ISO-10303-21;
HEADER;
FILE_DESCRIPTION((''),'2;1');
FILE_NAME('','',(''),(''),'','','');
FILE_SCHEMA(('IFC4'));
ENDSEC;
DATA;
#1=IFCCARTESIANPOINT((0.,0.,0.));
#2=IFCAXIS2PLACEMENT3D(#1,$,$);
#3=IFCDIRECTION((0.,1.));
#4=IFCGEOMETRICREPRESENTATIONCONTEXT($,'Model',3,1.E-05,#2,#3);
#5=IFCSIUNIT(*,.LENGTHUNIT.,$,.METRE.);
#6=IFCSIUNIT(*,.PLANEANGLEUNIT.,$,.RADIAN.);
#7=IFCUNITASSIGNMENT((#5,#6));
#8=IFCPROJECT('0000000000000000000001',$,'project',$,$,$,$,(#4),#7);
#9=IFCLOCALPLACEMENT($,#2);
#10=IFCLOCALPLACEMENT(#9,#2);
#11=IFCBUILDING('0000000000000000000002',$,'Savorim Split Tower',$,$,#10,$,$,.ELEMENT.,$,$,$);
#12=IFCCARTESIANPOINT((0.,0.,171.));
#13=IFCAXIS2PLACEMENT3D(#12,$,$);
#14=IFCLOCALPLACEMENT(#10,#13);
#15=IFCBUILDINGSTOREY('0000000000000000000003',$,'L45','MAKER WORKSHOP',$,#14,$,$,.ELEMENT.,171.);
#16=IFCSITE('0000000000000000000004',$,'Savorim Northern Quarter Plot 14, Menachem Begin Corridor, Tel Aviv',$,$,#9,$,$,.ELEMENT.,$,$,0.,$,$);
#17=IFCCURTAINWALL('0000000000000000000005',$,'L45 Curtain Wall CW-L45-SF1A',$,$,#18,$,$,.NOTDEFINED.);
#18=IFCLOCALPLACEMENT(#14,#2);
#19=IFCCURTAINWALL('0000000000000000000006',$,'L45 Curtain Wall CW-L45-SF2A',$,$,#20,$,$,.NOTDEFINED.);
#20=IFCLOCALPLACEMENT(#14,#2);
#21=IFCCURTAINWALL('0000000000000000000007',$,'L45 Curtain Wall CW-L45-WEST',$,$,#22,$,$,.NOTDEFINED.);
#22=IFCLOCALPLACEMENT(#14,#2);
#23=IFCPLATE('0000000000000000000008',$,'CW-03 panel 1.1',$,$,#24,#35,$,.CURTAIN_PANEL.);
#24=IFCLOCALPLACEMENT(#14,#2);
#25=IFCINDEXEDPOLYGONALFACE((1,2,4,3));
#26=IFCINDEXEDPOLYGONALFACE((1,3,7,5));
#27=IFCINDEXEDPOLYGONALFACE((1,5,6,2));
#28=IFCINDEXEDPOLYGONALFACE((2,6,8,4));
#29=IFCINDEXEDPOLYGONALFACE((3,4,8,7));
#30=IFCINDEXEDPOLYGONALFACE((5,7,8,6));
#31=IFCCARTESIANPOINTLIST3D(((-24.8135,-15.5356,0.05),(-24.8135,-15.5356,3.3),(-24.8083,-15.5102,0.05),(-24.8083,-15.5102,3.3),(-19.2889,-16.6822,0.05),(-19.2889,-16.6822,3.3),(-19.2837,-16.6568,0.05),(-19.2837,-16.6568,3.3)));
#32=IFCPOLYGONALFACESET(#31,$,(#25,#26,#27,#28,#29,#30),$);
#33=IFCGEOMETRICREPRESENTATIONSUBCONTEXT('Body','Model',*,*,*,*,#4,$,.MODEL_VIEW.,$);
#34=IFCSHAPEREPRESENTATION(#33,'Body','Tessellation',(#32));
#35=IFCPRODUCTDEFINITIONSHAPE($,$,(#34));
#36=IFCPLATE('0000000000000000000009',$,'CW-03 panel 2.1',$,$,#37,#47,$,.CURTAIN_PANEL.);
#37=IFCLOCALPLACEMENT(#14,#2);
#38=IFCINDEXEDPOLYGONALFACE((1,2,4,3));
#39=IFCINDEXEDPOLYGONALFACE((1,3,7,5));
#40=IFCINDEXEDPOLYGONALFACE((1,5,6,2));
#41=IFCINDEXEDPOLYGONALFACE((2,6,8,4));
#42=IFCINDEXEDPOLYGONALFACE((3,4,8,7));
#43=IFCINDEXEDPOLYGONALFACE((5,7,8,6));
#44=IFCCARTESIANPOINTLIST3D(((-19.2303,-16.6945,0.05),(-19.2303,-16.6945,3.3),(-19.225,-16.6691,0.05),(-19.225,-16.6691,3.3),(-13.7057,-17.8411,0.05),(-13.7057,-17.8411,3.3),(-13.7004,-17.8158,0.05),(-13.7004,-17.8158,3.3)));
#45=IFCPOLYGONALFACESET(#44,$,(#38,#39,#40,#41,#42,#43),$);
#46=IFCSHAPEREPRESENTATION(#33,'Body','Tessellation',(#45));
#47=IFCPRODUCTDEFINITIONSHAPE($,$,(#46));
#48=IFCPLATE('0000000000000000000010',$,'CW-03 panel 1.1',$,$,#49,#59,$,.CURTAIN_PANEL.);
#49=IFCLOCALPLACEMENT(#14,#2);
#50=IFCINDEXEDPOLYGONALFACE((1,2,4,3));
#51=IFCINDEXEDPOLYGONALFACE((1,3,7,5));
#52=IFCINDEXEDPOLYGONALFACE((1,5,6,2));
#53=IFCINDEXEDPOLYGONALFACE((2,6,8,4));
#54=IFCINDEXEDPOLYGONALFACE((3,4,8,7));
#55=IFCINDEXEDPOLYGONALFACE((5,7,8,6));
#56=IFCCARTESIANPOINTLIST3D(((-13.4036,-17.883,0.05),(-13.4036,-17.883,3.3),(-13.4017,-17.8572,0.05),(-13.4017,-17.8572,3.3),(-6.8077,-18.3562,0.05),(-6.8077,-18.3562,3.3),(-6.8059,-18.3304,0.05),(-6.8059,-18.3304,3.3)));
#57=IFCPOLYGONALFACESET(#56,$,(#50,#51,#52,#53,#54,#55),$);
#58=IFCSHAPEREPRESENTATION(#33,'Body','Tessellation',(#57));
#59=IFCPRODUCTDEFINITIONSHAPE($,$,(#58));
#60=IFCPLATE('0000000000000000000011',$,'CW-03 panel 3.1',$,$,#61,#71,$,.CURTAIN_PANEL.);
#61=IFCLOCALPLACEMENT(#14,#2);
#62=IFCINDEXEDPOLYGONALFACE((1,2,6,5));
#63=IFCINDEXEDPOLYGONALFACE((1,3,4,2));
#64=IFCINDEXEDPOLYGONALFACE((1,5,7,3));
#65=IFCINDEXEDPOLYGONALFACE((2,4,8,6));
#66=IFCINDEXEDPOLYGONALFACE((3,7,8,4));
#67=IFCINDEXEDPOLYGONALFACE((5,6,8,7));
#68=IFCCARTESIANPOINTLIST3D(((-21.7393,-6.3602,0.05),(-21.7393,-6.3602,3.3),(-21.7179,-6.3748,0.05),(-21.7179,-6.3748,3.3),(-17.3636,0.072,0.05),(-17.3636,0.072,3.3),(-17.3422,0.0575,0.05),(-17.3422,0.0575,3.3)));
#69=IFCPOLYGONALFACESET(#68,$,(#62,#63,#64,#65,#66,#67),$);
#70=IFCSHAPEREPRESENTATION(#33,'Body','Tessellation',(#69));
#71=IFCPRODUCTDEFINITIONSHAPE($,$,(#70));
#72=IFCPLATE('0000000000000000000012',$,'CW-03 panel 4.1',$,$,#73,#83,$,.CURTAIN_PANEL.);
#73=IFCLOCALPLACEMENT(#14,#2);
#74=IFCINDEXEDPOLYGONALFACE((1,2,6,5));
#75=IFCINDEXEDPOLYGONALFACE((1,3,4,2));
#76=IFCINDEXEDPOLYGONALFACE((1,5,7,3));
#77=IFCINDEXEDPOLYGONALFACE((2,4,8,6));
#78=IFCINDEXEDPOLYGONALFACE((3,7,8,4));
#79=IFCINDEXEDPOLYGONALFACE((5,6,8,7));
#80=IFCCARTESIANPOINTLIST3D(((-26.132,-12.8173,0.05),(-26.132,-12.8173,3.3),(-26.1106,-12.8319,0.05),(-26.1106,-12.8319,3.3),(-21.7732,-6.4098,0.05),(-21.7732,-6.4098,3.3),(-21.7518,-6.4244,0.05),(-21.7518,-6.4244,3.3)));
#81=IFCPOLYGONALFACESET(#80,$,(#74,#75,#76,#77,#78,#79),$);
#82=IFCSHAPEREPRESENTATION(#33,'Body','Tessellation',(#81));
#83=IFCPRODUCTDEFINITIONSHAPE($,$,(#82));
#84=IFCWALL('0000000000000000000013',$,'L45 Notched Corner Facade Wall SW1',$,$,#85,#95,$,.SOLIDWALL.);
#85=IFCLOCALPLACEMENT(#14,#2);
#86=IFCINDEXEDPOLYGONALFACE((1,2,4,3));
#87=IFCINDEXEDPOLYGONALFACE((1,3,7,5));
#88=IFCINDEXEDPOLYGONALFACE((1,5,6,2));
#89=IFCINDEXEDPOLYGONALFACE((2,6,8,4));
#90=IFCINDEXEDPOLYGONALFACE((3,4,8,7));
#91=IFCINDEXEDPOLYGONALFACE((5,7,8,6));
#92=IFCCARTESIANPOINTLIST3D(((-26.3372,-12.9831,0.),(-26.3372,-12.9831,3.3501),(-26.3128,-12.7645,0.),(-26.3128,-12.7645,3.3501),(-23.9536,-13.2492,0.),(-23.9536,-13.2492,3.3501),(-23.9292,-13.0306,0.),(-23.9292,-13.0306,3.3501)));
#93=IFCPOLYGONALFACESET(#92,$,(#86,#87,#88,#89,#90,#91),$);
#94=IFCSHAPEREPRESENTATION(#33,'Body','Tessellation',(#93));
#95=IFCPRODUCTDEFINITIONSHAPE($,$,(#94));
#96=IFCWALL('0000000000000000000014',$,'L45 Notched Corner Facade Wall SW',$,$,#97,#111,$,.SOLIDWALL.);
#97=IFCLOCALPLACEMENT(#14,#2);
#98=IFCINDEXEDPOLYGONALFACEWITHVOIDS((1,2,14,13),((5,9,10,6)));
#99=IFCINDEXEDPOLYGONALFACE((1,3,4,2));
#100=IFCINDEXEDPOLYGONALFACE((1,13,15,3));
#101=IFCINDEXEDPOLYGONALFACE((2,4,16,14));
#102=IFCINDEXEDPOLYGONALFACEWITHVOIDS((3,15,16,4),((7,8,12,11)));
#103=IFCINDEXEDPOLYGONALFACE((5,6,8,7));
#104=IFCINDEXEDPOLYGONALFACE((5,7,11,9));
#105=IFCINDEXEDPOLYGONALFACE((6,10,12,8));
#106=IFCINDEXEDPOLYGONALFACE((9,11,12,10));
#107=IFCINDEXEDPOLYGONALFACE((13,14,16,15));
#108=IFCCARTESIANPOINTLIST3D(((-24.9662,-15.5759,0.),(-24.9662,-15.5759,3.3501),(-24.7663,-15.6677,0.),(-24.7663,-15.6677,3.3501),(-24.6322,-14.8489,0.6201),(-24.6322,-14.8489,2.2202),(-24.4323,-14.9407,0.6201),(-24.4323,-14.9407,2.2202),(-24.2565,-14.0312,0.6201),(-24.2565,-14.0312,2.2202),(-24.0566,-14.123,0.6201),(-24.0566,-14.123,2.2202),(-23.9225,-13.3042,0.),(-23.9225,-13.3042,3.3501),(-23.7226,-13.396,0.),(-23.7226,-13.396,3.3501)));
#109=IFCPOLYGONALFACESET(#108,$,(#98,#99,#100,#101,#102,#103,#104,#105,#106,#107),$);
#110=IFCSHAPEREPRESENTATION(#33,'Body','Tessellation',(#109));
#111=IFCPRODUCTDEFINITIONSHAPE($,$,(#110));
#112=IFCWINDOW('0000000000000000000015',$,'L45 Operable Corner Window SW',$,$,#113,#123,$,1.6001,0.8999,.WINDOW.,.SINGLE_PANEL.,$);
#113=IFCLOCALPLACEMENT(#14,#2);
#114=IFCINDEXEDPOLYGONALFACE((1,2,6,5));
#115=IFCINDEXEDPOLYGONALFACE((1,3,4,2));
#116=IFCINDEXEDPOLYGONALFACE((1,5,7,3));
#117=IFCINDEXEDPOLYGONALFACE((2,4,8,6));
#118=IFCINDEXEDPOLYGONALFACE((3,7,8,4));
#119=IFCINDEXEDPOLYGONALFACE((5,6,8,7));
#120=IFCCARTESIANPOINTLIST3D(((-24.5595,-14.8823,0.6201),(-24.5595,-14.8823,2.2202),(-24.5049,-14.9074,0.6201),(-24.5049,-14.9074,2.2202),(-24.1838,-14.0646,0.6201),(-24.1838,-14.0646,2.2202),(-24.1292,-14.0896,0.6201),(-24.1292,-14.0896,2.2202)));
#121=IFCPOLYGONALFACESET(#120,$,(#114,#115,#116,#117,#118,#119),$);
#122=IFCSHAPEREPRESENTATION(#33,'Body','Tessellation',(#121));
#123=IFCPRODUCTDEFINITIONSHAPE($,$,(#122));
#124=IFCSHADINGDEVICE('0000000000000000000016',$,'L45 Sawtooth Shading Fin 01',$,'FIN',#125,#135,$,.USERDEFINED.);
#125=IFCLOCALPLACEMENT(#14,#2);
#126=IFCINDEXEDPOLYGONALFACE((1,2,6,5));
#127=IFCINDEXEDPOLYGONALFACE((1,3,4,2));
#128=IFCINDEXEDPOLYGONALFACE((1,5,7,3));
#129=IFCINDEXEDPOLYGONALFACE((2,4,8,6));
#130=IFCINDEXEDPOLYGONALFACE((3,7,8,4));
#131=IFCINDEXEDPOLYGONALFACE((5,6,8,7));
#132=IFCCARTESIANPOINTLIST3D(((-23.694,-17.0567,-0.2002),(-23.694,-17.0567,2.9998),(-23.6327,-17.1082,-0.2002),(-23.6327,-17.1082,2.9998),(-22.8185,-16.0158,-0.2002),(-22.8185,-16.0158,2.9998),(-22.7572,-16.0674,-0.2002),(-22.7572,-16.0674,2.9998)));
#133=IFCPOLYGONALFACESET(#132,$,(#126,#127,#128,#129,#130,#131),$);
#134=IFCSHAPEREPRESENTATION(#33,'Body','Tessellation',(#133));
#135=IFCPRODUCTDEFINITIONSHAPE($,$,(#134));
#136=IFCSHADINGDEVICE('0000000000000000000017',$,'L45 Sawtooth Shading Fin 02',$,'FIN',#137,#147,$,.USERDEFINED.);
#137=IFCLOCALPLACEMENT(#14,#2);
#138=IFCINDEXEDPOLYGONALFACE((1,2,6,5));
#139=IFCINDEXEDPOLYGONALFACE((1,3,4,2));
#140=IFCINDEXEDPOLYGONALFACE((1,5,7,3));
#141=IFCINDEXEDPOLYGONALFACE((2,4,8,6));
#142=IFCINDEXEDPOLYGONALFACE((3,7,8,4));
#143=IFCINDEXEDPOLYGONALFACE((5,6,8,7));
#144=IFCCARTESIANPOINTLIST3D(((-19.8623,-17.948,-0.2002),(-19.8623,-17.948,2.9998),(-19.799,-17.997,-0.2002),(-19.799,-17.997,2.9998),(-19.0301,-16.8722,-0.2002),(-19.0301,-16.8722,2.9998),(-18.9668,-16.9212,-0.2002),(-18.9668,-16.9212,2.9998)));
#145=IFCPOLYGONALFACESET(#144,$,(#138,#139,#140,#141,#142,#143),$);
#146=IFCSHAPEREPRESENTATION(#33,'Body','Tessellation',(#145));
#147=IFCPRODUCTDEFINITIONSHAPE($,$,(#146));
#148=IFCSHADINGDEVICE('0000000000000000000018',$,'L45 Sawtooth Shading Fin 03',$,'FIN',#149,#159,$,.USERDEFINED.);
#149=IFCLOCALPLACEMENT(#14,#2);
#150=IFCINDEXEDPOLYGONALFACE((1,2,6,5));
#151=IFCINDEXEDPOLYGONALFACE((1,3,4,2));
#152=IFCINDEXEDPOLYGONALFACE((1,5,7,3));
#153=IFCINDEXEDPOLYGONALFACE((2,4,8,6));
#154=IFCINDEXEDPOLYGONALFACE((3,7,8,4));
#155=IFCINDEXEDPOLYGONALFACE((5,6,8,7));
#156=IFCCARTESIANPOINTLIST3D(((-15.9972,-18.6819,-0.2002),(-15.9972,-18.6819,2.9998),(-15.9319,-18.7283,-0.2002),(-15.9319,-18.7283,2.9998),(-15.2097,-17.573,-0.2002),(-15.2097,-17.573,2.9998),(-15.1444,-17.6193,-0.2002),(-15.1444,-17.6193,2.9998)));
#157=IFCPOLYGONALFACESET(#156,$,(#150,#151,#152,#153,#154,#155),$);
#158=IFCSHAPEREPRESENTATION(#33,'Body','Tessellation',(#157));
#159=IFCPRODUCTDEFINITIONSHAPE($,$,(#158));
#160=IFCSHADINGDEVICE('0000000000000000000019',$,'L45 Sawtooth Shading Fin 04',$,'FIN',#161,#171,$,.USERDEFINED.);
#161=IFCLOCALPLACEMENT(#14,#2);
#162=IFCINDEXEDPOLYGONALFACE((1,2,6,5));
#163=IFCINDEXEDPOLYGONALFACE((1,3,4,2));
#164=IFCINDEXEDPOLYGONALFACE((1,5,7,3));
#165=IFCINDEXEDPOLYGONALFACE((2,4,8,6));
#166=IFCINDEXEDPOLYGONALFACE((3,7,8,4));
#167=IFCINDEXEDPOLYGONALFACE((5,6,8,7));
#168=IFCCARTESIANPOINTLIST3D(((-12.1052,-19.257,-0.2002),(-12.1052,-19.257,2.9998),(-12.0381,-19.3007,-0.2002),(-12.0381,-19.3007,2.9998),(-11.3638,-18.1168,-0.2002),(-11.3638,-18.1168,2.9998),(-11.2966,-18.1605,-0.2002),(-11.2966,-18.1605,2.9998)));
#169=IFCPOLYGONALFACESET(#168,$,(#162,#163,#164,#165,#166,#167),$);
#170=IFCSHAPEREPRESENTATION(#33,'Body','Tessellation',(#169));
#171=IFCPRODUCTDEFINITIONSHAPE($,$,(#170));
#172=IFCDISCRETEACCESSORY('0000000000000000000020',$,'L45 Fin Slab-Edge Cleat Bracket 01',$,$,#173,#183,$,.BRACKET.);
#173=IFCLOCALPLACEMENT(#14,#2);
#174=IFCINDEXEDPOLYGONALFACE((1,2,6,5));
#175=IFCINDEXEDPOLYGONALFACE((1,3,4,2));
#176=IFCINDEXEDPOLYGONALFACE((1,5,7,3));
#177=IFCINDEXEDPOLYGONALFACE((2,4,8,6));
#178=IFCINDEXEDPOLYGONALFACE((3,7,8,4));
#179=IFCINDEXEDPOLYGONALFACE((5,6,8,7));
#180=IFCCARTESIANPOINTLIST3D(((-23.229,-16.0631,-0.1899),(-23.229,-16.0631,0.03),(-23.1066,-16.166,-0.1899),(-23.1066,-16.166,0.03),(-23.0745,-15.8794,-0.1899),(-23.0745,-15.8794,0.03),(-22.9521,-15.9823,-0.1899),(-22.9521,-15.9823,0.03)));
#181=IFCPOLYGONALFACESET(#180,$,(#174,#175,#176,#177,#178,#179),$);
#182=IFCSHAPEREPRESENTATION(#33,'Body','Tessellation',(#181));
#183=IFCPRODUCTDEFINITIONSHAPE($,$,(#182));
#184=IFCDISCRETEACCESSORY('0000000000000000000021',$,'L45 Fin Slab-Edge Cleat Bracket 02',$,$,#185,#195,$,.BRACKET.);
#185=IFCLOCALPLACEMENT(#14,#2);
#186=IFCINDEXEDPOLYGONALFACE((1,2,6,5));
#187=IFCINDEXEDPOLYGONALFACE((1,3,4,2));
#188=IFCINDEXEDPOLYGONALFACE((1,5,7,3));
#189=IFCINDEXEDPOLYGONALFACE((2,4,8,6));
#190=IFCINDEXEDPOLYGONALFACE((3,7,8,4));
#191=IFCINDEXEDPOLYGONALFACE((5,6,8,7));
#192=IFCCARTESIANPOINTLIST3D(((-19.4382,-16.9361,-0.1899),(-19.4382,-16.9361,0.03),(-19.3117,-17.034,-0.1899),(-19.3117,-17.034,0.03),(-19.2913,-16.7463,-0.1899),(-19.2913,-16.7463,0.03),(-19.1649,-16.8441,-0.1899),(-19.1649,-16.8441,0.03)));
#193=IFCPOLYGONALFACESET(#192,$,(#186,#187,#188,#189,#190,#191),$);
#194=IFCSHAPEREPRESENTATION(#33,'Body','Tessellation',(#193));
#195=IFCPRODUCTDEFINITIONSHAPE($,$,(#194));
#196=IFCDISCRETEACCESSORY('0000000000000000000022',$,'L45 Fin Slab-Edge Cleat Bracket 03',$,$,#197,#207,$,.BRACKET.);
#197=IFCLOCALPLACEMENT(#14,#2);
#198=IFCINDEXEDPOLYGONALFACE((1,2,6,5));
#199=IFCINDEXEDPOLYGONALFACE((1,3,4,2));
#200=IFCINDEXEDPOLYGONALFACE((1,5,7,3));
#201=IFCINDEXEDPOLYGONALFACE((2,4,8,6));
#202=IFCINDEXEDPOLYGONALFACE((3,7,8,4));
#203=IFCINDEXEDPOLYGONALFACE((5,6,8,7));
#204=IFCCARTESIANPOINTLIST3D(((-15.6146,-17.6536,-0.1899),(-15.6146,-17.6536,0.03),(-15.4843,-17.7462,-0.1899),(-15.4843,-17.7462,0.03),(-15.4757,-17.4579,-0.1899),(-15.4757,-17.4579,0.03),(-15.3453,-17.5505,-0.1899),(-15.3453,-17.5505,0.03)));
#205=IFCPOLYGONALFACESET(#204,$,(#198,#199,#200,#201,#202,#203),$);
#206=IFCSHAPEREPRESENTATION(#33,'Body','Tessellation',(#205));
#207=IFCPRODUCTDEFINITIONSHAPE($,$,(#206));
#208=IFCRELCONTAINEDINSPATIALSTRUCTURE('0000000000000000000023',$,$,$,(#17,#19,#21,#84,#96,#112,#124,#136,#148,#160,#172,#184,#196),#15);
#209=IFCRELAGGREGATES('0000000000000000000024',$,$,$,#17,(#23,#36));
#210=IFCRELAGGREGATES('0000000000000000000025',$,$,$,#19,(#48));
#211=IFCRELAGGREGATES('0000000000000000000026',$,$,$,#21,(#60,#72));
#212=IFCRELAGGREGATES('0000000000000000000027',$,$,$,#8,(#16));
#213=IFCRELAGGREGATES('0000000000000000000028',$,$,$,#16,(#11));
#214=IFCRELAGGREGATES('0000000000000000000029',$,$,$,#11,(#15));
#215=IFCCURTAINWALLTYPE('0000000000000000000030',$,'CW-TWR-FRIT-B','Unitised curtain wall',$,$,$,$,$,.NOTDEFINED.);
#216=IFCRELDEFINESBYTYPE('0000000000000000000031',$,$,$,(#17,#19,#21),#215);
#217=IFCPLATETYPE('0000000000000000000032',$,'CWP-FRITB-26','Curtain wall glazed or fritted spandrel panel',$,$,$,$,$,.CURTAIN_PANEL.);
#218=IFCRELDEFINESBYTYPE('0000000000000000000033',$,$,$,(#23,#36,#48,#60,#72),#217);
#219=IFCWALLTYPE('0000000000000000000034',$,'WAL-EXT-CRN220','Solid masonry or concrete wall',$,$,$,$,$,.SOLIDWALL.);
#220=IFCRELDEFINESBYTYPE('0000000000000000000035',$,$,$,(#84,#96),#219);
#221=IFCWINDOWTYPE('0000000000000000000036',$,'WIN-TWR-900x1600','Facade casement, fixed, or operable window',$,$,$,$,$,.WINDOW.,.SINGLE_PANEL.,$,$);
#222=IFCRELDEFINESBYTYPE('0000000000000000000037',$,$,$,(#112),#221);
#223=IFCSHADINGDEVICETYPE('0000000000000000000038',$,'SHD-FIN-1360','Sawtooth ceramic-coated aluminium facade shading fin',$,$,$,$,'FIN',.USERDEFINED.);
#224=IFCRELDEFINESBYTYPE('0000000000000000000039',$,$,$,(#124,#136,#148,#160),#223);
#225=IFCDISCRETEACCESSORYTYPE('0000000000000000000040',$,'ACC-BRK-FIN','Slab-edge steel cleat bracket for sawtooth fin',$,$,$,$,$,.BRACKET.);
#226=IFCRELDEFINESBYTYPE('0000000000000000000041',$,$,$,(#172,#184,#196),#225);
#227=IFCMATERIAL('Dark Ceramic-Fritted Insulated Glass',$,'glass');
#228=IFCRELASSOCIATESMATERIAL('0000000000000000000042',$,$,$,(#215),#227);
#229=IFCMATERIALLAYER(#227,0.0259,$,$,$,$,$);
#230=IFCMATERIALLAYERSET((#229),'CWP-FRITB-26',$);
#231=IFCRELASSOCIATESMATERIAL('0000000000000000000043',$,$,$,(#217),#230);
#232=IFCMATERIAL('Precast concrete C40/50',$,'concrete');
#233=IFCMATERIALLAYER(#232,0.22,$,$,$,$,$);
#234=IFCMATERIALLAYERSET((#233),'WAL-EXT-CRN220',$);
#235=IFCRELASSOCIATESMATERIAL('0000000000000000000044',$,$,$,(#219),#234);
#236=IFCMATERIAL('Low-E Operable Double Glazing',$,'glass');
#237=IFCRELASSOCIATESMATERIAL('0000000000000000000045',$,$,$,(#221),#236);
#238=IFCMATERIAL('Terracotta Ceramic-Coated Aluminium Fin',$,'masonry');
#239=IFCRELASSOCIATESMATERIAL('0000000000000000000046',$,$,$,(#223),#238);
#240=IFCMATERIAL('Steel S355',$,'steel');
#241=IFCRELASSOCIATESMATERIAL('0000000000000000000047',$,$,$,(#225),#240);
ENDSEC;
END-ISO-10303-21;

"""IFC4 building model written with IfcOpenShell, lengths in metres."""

from ifc_helpers import new_model, si_unit, direction, frame, frame_2d, origin, origin_2d, place, context, subcontext, project, spatial, rectangle, extrude, material, layer, layer_set, type_object, element, fill, aggregate, save


model = new_model("IFC4")

# Units and contexts
model_context = context("Model", 3, precision=1e-05, world=origin(), true_north=direction((0.0, 1.0)))
body_context = subcontext(model_context, "Body", "Model", "MODEL_VIEW")
ifc_project = project(units=[si_unit("LENGTHUNIT", "METRE"), si_unit("PLANEANGLEUNIT", "RADIAN")], contexts=[model_context])

# Site, building, storey
site_placement = place(None, origin())
site = spatial("IfcSite", under=ifc_project, at=site_placement, Name="Savorim Northern Quarter Plot 14, Menachem Begin Corridor, Tel Aviv", CompositionType="ELEMENT", RefElevation=0.0)
building_placement = place(site_placement, origin())
building = spatial("IfcBuilding", under=site, at=building_placement, Name="Savorim Split Tower", CompositionType="ELEMENT")
storey_placement = place(building_placement, frame((0.0, 0.0, 171.0)))
storey = spatial("IfcBuildingStorey", under=building, at=storey_placement, Name="L45", Description="MAKER WORKSHOP", CompositionType="ELEMENT", Elevation=171.0)

# Shared definitions
ifc_material_1 = material(Name="Steel S355", Category="steel")

# Curtain wall
ifc_material_2 = material(Name="Dark Ceramic-Fritted Insulated Glass", Category="glass")
curtain_wall_type = type_object("IfcCurtainWallType", Name="CW-TWR-FRIT-B", Description="Unitised curtain wall", PredefinedType="NOTDEFINED", material=ifc_material_2)
curtain_wall_1_placement = place(storey_placement, origin())
curtain_wall_1 = element("IfcCurtainWall", 1, at=curtain_wall_1_placement, inside=storey, type_object=curtain_wall_type, Name="L45 Curtain Wall CW-L45-SF1A", PredefinedType="NOTDEFINED")

# Curtain wall
curtain_wall_2_placement = place(storey_placement, origin())
curtain_wall_2 = element("IfcCurtainWall", 2, at=curtain_wall_2_placement, inside=storey, type_object=curtain_wall_type, Name="L45 Curtain Wall CW-L45-SF2A", PredefinedType="NOTDEFINED")

# Curtain wall
curtain_wall_3_placement = place(storey_placement, origin())
curtain_wall_3 = element("IfcCurtainWall", 3, at=curtain_wall_3_placement, inside=storey, type_object=curtain_wall_type, Name="L45 Curtain Wall CW-L45-WEST", PredefinedType="NOTDEFINED")

# Plates
ifc_layer_1 = layer(ifc_material_2, 0.0259)
ifc_layer_set_1 = layer_set([ifc_layer_1], Name="CWP-FRITB-26")
plate_type = type_object("IfcPlateType", Name="CWP-FRITB-26", Description="Curtain wall glazed or fritted spandrel panel", PredefinedType="CURTAIN_PANEL", material=ifc_layer_set_1)
plate_1_placement = place(storey_placement, frame((-22.0486, -16.0962, 0.05), z_axis=(0.0, 0.0, 1.0), x_axis=(0.979134, -0.203216, 0.0)))
plate_1 = element("IfcPlate", 4, at=plate_1_placement, type_object=plate_type, Name="CW-03 panel 1.1", PredefinedType="CURTAIN_PANEL", context=body_context, shape_type="SweptSolid", body=[
    extrude(rectangle(XDim=5.6423, YDim=0.0259, at=origin_2d()), origin(), (0.0, 0.0, 1.0), 3.25),
])
plate_2_placement = place(storey_placement, frame((-16.4653, -17.2551, 0.05), z_axis=(0.0, 0.0, 1.0), x_axis=(0.979134, -0.203216, 0.0)))
plate_2 = element("IfcPlate", 5, at=plate_2_placement, type_object=plate_type, Name="CW-03 panel 2.1", PredefinedType="CURTAIN_PANEL", context=body_context, shape_type="SweptSolid", body=[
    extrude(rectangle(XDim=5.6423, YDim=0.0259, at=origin_2d()), origin(), (0.0, 0.0, 1.0), 3.25),
])
aggregate(curtain_wall_1, [plate_1, plate_2])
plate_3_placement = place(storey_placement, frame((-10.1047, -18.1067, 0.05), z_axis=(0.0, 0.0, 1.0), x_axis=(0.997436, -0.071559, 0.0)))
plate_3 = element("IfcPlate", 6, at=plate_3_placement, type_object=plate_type, Name="CW-03 panel 1.1", PredefinedType="CURTAIN_PANEL", context=body_context, shape_type="SweptSolid", body=[
    extrude(rectangle(XDim=6.6128, YDim=0.0259, at=origin_2d()), origin(), (0.0, 0.0, 1.0), 3.25),
])
aggregate(curtain_wall_2, [plate_3])
plate_4_placement = place(storey_placement, frame((-19.5408, -3.1514, 0.05), z_axis=(0.0, 0.0, 1.0), x_axis=(-0.562468, -0.826819, 0.0)))
plate_4 = element("IfcPlate", 7, at=plate_4_placement, type_object=plate_type, Name="CW-03 panel 3.1", PredefinedType="CURTAIN_PANEL", context=body_context, shape_type="SweptSolid", body=[
    extrude(rectangle(XDim=7.7795, YDim=0.0259, at=origin_2d()), origin(), (0.0, 0.0, 1.0), 3.25),
])
plate_5_placement = place(storey_placement, frame((-23.9419, -9.6208, 0.05), z_axis=(0.0, 0.0, 1.0), x_axis=(-0.562468, -0.826819, 0.0)))
plate_5 = element("IfcPlate", 8, at=plate_5_placement, type_object=plate_type, Name="CW-03 panel 4.1", PredefinedType="CURTAIN_PANEL", context=body_context, shape_type="SweptSolid", body=[
    extrude(rectangle(XDim=7.7495, YDim=0.0259, at=origin_2d()), origin(), (0.0, 0.0, 1.0), 3.25),
])
aggregate(curtain_wall_3, [plate_4, plate_5])

# Wall
ifc_material_3 = material(Name="Precast concrete C40/50", Category="concrete")
ifc_layer_2 = layer(ifc_material_3, 0.22)
ifc_layer_set_2 = layer_set([ifc_layer_2], Name="WAL-EXT-CRN220")
wall_type = type_object("IfcWallType", Name="WAL-EXT-CRN220", Description="Solid masonry or concrete wall", PredefinedType="SOLIDWALL", material=ifc_layer_set_2)
wall_1_placement = place(storey_placement, frame((-23.9414, -13.1399, 0.0), z_axis=(0.0, 0.0, 1.0), x_axis=(-0.993825, 0.110957, 0.0)))
element("IfcWall", 9, at=wall_1_placement, inside=storey, type_object=wall_type, Name="L45 Notched Corner Facade Wall SW1", PredefinedType="SOLIDWALL", context=body_context, shape_type="SweptSolid", body=[
    extrude(rectangle(XDim=2.3984, YDim=0.22, at=frame_2d((1.1992, 0.0))), origin(), (0.0, 0.0, 1.0), 3.3501),
])

# Wall, opening, window
wall_2_placement = place(storey_placement, frame((-24.8662, -15.6218, 0.0), z_axis=(0.0, 0.0, 1.0), x_axis=(0.417478, 0.908687, 0.0)))
wall_2 = element("IfcWall", 10, at=wall_2_placement, inside=storey, type_object=wall_type, Name="L45 Notched Corner Facade Wall SW", PredefinedType="SOLIDWALL", context=body_context, shape_type="SweptSolid", body=[
    extrude(rectangle(XDim=2.5, YDim=0.22, at=frame_2d((1.25, 0.0))), origin(), (0.0, 0.0, 1.0), 3.3501),
])
opening_placement = place(wall_2_placement, frame((0.8, 0.0, 0.6201)))
opening = element("IfcOpeningElement", 11, at=opening_placement, cuts=wall_2, PredefinedType="OPENING", context=body_context, shape_type="SweptSolid", body=[
    extrude(rectangle(XDim=0.8999, YDim=1.6001, at=frame_2d((0.45, 0.8))), frame((0.0, 0.1199, 0.0), z_axis=(0.0, -1.0, 0.0), x_axis=(1.0, 0.0, 0.0)), (0.0, 0.0, 1.0), 0.24),
])
ifc_material_4 = material(Name="Low-E Operable Double Glazing", Category="glass")
window_type = type_object("IfcWindowType", Name="WIN-TWR-900x1600", Description="Facade casement, fixed, or operable window", PartitioningType="SINGLE_PANEL", PredefinedType="WINDOW", material=ifc_material_4)
window_placement = place(opening_placement, origin())
window = element("IfcWindow", 12, at=window_placement, inside=storey, type_object=window_type, Name="L45 Operable Corner Window SW", OverallHeight=1.6001, OverallWidth=0.8999, PartitioningType="SINGLE_PANEL", PredefinedType="WINDOW", context=body_context, shape_type="SweptSolid", body=[
    extrude(rectangle(XDim=0.8999, YDim=1.6001, at=frame_2d((0.45, 0.8))), frame((0.0, 0.03, 0.0), z_axis=(0.0, -1.0, 0.0), x_axis=(1.0, 0.0, 0.0)), (0.0, 0.0, 1.0), 0.0601),
])
fill(opening, window)

# Shading devices
ifc_material_5 = material(Name="Terracotta Ceramic-Coated Aluminium Fin", Category="masonry")
shading_device_type = type_object("IfcShadingDeviceType", Name="SHD-FIN-1360", Description="Sawtooth ceramic-coated aluminium facade shading fin", ElementType="FIN", PredefinedType="USERDEFINED", material=ifc_material_5)
for number, where, z_axis, x_axis, name in (
    (13, (-23.2256, -16.562, -0.2002), (0.0, 0.0, 1.0), (-0.643719, -0.765262, 0.0), "L45 Sawtooth Shading Fin 01"),
    (14, (-19.4146, -17.4346, -0.2002), (0.0, 0.0, 1.0), (-0.611868, -0.79096, 0.0), "L45 Sawtooth Shading Fin 02"),
    (15, (-15.5708, -18.1506, -0.2002), (0.0, 0.0, 1.0), (-0.578994, -0.815332, 0.0), "L45 Sawtooth Shading Fin 03"),
    (16, (-11.7009, -18.7087, -0.2002), (0.0, 0.0, 1.0), (-0.545148, -0.83834, 0.0), "L45 Sawtooth Shading Fin 04"),
):
    element("IfcShadingDevice", number, at=place(storey_placement, frame(where, z_axis=z_axis, x_axis=x_axis)), inside=storey, type_object=shading_device_type, Name=name, ObjectType="FIN", PredefinedType="USERDEFINED", context=body_context, shape_type="SweptSolid", body=[
        extrude(rectangle(XDim=1.3601, YDim=0.0801, at=origin_2d()), origin(), (0.0, 0.0, 1.0), 3.2),
    ])

# Discrete accessories
discrete_accessory_type = type_object("IfcDiscreteAccessoryType", Name="ACC-BRK-FIN", Description="Slab-edge steel cleat bracket for sawtooth fin", PredefinedType="BRACKET", material=ifc_material_1)
for number, where, z_axis, x_axis, name in (
    (17, (-23.0906, -16.0227, -0.1899), (0.0, 0.0, 1.0), (-0.643719, -0.765262, 0.0), "L45 Fin Slab-Edge Cleat Bracket 01"),
    (18, (-19.3015, -16.8901, -0.1899), (0.0, 0.0, 1.0), (-0.611868, -0.79096, 0.0), "L45 Fin Slab-Edge Cleat Bracket 02"),
    (19, (-15.48, -17.6021, -0.1899), (0.0, 0.0, 1.0), (-0.578994, -0.815332, 0.0), "L45 Fin Slab-Edge Cleat Bracket 03"),
):
    element("IfcDiscreteAccessory", number, at=place(storey_placement, frame(where, z_axis=z_axis, x_axis=x_axis)), inside=storey, type_object=discrete_accessory_type, Name=name, PredefinedType="BRACKET", context=body_context, shape_type="SweptSolid", body=[
        extrude(rectangle(XDim=0.24, YDim=0.1599, at=origin_2d()), origin(), (0.0, 0.0, 1.0), 0.22),
    ])

save(model, "model.ifc")
